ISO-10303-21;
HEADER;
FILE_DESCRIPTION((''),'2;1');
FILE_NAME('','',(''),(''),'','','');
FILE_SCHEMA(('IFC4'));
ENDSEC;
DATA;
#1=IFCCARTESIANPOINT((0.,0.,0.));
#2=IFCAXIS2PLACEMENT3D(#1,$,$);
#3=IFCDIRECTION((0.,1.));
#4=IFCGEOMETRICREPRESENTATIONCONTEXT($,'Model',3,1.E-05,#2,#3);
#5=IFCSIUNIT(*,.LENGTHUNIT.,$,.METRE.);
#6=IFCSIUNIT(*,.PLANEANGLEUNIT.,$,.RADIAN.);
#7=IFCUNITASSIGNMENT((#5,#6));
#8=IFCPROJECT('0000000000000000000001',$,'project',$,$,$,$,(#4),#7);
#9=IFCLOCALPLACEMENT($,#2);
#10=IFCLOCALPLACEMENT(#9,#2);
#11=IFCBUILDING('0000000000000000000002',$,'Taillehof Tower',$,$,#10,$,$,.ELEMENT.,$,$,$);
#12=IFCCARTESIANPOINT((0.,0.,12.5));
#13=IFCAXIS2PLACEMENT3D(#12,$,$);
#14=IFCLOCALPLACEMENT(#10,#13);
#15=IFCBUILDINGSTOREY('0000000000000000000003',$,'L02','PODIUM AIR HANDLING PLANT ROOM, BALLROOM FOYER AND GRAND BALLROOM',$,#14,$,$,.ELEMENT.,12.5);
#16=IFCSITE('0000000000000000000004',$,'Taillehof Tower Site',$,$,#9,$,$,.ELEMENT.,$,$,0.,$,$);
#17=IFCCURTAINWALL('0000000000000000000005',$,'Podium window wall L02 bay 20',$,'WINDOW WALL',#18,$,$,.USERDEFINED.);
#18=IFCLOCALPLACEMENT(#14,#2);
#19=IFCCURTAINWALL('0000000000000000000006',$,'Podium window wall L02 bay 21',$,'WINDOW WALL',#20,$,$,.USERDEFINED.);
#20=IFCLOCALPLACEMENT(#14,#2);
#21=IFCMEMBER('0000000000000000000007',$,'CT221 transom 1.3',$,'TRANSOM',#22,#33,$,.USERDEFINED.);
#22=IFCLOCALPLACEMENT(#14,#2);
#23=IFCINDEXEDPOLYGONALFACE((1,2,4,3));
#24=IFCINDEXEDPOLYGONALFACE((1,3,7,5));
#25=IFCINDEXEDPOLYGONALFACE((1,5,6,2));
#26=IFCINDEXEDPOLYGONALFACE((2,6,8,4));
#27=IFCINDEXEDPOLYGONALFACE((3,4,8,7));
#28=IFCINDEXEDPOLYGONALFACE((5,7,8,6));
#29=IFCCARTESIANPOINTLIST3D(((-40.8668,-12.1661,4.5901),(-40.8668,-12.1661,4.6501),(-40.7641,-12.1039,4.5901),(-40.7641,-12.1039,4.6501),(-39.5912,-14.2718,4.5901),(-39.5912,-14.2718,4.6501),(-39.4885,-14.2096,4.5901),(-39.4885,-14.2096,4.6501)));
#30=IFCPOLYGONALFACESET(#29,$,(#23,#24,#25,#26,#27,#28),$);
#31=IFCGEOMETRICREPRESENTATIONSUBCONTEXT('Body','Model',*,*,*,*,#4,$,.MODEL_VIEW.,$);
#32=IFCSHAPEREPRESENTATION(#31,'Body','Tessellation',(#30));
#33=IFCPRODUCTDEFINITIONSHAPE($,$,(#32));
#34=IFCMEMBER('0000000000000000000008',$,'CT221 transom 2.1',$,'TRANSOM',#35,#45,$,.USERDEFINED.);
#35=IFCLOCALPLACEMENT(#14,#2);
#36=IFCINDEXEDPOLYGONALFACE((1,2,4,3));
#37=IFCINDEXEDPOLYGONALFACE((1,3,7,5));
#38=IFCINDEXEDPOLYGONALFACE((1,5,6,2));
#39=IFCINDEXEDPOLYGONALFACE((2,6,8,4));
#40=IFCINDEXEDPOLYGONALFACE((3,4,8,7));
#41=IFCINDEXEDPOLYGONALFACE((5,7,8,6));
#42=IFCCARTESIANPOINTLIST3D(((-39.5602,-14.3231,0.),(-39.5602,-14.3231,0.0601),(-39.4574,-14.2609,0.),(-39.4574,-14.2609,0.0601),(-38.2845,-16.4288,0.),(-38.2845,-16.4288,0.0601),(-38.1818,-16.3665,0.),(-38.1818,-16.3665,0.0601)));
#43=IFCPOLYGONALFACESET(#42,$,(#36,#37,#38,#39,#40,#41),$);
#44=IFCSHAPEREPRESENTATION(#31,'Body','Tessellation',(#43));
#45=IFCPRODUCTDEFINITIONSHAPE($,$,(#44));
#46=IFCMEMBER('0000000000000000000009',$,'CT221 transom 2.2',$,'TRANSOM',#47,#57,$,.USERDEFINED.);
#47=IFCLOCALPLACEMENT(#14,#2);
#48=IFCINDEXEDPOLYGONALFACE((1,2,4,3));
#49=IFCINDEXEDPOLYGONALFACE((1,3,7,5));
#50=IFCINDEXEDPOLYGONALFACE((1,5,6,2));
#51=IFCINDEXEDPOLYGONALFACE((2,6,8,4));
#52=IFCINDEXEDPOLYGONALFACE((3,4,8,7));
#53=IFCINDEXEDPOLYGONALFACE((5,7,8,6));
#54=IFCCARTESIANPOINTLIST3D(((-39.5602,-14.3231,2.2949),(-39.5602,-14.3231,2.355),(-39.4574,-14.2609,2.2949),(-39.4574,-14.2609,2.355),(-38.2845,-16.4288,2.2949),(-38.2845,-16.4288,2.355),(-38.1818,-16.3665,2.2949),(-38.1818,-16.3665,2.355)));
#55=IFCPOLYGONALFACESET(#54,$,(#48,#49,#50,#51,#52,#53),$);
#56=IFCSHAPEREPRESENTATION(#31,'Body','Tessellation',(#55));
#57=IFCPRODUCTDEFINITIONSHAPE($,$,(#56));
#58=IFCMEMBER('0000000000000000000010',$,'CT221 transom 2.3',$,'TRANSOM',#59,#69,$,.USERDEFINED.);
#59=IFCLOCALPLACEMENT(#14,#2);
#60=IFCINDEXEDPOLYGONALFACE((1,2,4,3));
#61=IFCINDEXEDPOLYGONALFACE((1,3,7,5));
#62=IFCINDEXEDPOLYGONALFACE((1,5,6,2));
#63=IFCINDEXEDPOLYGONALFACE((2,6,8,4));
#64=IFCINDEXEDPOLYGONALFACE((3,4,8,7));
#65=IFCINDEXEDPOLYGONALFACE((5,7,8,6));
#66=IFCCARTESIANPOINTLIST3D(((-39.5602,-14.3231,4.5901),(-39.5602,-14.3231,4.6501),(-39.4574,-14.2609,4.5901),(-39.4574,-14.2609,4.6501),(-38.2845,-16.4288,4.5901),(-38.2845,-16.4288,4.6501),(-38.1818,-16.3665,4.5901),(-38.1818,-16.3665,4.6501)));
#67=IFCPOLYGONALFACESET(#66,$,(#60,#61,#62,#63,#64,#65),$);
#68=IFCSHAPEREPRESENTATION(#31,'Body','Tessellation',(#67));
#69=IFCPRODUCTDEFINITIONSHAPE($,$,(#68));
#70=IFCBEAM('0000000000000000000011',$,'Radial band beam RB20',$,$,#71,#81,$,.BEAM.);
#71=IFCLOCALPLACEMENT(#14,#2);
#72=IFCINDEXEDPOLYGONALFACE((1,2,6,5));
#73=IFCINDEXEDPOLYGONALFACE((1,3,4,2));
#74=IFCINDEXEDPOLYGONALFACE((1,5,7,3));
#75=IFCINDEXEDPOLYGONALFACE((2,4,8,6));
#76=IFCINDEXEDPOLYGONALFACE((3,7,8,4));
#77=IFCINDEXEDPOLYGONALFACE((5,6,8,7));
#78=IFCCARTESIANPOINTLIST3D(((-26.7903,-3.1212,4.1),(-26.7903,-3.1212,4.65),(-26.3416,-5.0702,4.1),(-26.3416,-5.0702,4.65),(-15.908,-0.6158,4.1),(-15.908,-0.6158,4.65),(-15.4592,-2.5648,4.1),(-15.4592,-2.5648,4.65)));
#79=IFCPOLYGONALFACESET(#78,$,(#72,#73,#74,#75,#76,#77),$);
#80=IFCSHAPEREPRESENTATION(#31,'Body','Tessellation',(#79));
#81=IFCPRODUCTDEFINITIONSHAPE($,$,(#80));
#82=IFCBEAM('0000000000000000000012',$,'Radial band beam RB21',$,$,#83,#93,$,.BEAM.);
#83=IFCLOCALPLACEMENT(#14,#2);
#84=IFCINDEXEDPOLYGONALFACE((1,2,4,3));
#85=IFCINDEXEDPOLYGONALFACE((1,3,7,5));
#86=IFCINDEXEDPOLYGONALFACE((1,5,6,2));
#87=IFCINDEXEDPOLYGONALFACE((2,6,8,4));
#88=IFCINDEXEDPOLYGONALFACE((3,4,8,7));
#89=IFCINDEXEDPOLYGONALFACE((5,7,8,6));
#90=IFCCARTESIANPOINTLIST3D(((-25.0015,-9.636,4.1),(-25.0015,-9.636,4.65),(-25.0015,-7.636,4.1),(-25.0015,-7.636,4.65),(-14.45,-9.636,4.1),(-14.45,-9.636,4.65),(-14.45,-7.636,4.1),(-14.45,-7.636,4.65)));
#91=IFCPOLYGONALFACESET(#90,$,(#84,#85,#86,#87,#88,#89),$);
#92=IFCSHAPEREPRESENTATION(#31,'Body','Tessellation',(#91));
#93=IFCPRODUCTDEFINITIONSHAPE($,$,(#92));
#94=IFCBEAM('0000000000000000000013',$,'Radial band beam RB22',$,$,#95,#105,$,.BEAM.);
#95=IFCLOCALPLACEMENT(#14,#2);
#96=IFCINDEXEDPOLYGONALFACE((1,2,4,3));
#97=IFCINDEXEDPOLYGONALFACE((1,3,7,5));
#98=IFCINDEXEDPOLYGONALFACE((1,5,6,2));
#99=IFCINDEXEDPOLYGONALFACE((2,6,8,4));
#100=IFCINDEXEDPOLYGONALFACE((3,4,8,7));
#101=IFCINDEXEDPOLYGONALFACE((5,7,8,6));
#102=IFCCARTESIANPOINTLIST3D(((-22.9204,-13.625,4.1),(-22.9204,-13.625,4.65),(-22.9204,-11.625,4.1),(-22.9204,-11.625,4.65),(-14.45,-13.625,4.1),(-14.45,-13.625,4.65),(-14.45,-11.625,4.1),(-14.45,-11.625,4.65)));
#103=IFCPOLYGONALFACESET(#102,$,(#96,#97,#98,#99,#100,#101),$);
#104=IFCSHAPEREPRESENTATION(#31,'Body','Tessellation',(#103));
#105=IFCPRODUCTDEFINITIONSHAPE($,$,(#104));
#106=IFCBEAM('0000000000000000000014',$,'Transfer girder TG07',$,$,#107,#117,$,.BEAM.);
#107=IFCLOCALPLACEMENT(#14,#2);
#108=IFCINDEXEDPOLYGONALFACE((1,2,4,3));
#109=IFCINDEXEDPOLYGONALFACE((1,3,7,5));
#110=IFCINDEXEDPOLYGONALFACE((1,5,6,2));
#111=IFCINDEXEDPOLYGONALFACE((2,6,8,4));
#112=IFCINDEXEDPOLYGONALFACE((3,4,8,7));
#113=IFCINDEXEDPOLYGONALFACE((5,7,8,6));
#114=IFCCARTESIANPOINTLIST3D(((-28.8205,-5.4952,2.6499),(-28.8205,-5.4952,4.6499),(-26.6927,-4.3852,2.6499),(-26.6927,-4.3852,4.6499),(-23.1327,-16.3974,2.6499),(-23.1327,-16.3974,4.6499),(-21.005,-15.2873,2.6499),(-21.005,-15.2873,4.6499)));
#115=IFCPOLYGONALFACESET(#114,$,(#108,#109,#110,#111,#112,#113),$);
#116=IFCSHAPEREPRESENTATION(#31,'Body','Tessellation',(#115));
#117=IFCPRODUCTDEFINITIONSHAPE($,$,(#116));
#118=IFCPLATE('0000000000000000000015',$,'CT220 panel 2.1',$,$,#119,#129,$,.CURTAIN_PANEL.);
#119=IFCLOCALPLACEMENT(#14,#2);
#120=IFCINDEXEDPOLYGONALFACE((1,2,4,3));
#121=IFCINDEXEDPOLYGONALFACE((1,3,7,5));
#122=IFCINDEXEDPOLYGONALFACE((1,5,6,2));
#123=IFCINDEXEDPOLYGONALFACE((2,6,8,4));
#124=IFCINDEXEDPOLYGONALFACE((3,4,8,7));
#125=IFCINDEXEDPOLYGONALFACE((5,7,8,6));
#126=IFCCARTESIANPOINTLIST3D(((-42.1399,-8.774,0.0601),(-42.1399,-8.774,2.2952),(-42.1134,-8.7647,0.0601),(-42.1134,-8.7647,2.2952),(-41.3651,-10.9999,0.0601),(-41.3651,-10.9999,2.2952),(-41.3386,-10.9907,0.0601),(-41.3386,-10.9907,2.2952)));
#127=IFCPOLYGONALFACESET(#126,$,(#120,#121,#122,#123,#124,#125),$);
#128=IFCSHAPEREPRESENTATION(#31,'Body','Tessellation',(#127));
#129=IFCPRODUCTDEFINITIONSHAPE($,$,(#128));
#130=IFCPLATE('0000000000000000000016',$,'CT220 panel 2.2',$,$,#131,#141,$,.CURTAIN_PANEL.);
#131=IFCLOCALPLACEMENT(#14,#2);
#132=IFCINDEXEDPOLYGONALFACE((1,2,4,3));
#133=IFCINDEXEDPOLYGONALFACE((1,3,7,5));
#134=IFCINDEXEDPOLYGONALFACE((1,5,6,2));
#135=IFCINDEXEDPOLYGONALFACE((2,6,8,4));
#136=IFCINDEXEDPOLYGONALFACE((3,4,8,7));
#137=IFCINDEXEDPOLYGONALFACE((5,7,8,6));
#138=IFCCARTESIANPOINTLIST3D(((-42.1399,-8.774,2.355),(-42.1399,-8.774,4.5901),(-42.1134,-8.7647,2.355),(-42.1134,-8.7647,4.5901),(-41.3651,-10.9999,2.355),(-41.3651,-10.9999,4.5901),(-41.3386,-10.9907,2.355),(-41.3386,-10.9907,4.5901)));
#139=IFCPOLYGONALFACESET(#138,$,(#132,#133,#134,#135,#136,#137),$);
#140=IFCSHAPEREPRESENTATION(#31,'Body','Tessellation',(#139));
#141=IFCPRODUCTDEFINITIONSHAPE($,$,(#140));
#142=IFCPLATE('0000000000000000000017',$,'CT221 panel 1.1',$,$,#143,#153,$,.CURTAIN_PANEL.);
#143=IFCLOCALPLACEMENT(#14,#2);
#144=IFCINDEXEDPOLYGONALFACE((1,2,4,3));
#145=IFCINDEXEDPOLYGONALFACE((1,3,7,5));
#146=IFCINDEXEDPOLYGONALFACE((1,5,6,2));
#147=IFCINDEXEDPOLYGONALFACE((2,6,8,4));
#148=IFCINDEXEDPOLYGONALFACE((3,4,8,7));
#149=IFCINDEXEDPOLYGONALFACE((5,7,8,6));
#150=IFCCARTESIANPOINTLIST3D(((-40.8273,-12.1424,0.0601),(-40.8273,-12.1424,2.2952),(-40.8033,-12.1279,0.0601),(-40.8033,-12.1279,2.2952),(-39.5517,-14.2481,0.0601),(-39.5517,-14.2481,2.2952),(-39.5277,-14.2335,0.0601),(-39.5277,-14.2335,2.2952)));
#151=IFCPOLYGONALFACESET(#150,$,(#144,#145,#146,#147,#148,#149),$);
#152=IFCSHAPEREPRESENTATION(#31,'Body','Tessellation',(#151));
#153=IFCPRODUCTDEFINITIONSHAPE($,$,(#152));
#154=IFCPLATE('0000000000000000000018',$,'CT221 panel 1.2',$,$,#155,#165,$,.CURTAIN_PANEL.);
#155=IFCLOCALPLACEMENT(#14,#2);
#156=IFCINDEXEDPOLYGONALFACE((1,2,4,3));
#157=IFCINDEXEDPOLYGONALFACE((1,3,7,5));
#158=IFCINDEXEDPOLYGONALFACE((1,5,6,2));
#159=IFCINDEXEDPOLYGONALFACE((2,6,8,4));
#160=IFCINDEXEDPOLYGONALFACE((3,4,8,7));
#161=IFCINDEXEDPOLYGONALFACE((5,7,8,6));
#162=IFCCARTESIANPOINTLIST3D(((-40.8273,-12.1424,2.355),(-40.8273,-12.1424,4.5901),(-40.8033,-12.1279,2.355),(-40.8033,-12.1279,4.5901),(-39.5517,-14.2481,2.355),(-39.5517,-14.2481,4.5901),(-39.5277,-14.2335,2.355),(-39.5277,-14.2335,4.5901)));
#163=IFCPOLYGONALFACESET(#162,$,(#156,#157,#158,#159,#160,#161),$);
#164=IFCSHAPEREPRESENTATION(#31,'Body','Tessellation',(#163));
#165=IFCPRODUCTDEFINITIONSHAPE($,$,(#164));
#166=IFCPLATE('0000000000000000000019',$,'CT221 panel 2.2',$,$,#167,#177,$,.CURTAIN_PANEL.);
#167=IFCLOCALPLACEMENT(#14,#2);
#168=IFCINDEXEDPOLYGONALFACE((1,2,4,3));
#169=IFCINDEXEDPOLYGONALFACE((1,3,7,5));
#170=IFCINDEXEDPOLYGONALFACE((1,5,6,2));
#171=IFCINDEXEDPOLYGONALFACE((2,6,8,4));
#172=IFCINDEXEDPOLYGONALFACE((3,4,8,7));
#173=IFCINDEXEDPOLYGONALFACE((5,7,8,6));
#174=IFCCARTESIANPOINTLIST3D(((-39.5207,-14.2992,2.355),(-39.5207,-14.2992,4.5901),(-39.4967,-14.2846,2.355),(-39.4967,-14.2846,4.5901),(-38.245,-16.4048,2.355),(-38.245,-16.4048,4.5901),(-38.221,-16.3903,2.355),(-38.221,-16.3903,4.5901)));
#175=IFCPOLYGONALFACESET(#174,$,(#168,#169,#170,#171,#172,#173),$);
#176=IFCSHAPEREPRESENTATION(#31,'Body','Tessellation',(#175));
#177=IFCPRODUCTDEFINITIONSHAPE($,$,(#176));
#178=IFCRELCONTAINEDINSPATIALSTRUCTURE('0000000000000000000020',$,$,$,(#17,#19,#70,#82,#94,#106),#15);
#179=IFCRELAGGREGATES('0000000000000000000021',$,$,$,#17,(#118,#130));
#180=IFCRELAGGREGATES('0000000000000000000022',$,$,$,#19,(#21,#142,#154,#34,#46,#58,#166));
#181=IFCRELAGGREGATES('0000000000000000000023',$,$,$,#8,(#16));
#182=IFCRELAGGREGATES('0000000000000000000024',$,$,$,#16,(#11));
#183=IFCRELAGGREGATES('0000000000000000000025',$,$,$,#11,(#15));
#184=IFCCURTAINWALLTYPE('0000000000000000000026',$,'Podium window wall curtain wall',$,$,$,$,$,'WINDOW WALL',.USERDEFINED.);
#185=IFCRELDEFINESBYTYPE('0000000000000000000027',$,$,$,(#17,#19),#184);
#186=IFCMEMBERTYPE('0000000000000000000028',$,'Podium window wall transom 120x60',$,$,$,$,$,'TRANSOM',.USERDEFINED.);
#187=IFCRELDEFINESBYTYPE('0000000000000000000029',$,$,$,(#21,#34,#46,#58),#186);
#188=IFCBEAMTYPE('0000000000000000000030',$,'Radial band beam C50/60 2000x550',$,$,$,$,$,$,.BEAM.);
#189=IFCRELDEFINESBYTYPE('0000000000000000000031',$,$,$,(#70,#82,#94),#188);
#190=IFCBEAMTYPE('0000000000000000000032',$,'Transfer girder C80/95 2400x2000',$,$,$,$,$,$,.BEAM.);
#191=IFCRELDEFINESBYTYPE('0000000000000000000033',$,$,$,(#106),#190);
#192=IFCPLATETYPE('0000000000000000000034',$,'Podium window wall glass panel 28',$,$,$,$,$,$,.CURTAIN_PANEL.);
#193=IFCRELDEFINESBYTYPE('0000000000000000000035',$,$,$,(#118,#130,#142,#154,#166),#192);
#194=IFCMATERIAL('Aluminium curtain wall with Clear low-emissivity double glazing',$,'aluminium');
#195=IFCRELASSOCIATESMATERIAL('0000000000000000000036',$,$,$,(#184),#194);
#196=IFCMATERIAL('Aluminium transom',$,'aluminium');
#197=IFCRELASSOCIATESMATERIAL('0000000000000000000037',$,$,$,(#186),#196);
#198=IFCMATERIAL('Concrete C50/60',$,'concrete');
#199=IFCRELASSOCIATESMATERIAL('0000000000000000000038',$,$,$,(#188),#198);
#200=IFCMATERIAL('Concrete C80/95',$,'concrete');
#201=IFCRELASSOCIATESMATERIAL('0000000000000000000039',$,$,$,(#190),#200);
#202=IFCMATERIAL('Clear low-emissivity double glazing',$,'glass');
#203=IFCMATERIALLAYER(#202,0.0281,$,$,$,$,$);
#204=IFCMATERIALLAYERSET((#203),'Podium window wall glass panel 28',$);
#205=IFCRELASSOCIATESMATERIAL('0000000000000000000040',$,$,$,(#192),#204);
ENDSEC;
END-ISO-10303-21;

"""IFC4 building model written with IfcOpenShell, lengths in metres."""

from ifc_helpers import new_model, si_unit, direction, frame, origin, origin_2d, place, context, subcontext, project, spatial, rectangle, extrude, material, layer, layer_set, material_profile, profile_set, type_object, element, aggregate, save


model = new_model("IFC4")

# Units and contexts
model_context = context("Model", 3, precision=1e-05, world=origin(), true_north=direction((0.0, 1.0)))
body_context = subcontext(model_context, "Body", "Model", "MODEL_VIEW")
ifc_project = project(units=[si_unit("LENGTHUNIT", "METRE"), si_unit("PLANEANGLEUNIT", "RADIAN")], contexts=[model_context])

# Site, building, storey
site_placement = place(None, origin())
site = spatial("IfcSite", under=ifc_project, at=site_placement, Name="Taillehof Tower Site", CompositionType="ELEMENT", RefElevation=0.0)
building_placement = place(site_placement, origin())
building = spatial("IfcBuilding", under=site, at=building_placement, Name="Taillehof Tower", CompositionType="ELEMENT")
storey_placement = place(building_placement, frame((0.0, 0.0, 12.5)))
storey = spatial("IfcBuildingStorey", under=building, at=storey_placement, Name="L02", Description="PODIUM AIR HANDLING PLANT ROOM, BALLROOM FOYER AND GRAND BALLROOM", CompositionType="ELEMENT", Elevation=12.5)

# Curtain walls
ifc_material_1 = material(Name="Aluminium curtain wall with Clear low-emissivity double glazing", Category="aluminium")
curtain_wall_type = type_object("IfcCurtainWallType", Name="Podium window wall curtain wall", ElementType="WINDOW WALL", PredefinedType="USERDEFINED", material=ifc_material_1)
curtain_wall_1_placement = place(storey_placement, origin())
curtain_wall_1 = element("IfcCurtainWall", 1, at=curtain_wall_1_placement, inside=storey, type_object=curtain_wall_type, Name="Podium window wall L02 bay 20", ObjectType="WINDOW WALL", PredefinedType="USERDEFINED")
curtain_wall_2_placement = place(storey_placement, origin())
curtain_wall_2 = element("IfcCurtainWall", 2, at=curtain_wall_2_placement, inside=storey, type_object=curtain_wall_type, Name="Podium window wall L02 bay 21", ObjectType="WINDOW WALL", PredefinedType="USERDEFINED")

# Members
ifc_material_2 = material(Name="Aluminium transom", Category="aluminium")
ifc_material_profile_1 = material_profile(ifc_material_2, rectangle(XDim=0.1201, YDim=0.0601, at=origin_2d()), Name="AL 120x60")
ifc_profile_set_1 = profile_set([ifc_material_profile_1], Name="Aluminium transom")
member_type_1 = type_object("IfcMemberType", Name="Podium window wall transom 120x60", ElementType="TRANSOM", PredefinedType="USERDEFINED", material=ifc_profile_set_1)
member_1_placement = place(storey_placement, frame((-40.8154, -12.135, 4.6201), z_axis=(0.518137, -0.855298, 0.0), x_axis=(0.855298, 0.518137, 0.0)))
member_1 = element("IfcMember", 3, at=member_1_placement, type_object=member_type_1, Name="CT221 transom 1.3", ObjectType="TRANSOM", PredefinedType="USERDEFINED", context=body_context, shape_type="SweptSolid", body=[
    extrude(rectangle(XDim=0.1201, YDim=0.0601, at=origin_2d()), origin(), (0.0, 0.0, 1.0), 2.4619),
])
member_2_placement = place(storey_placement, frame((-39.5088, -14.292, 0.03), z_axis=(0.518137, -0.855298, 0.0), x_axis=(0.855298, 0.518137, 0.0)))
member_2 = element("IfcMember", 4, at=member_2_placement, type_object=member_type_1, Name="CT221 transom 2.1", ObjectType="TRANSOM", PredefinedType="USERDEFINED", context=body_context, shape_type="SweptSolid", body=[
    extrude(rectangle(XDim=0.1201, YDim=0.0601, at=origin_2d()), origin(), (0.0, 0.0, 1.0), 2.4619),
])
member_3_placement = place(storey_placement, frame((-39.5088, -14.292, 2.325), z_axis=(0.518137, -0.855298, 0.0), x_axis=(0.855298, 0.518137, 0.0)))
member_3 = element("IfcMember", 5, at=member_3_placement, type_object=member_type_1, Name="CT221 transom 2.2", ObjectType="TRANSOM", PredefinedType="USERDEFINED", context=body_context, shape_type="SweptSolid", body=[
    extrude(rectangle(XDim=0.1201, YDim=0.0601, at=origin_2d()), origin(), (0.0, 0.0, 1.0), 2.4619),
])
member_4_placement = place(storey_placement, frame((-39.5088, -14.292, 4.6201), z_axis=(0.518137, -0.855298, 0.0), x_axis=(0.855298, 0.518137, 0.0)))
member_4 = element("IfcMember", 6, at=member_4_placement, type_object=member_type_1, Name="CT221 transom 2.3", ObjectType="TRANSOM", PredefinedType="USERDEFINED", context=body_context, shape_type="SweptSolid", body=[
    extrude(rectangle(XDim=0.1201, YDim=0.0601, at=origin_2d()), origin(), (0.0, 0.0, 1.0), 2.4619),
])

# Beams
ifc_material_3 = material(Name="Concrete C50/60", Category="concrete")
ifc_material_profile_2 = material_profile(ifc_material_3, rectangle(XDim=2.0, YDim=0.55, at=origin_2d()), Name="RC 2000x550")
ifc_profile_set_2 = profile_set([ifc_material_profile_2], Name="Concrete C50/60")
beam_type_1 = type_object("IfcBeamType", Name="Radial band beam C50/60 2000x550", PredefinedType="BEAM", material=ifc_profile_set_2)
beam_1_placement = place(storey_placement, frame((-26.5659, -4.0957, 4.375), z_axis=(0.974508, 0.224355, 0.0), x_axis=(-0.224355, 0.974508, 0.0)))
element("IfcBeam", 7, at=beam_1_placement, inside=storey, type_object=beam_type_1, Name="Radial band beam RB20", PredefinedType="BEAM", context=body_context, shape_type="SweptSolid", body=[
    extrude(rectangle(XDim=2.0, YDim=0.55, at=origin_2d()), origin(), (0.0, 0.0, 1.0), 11.167),
])
beam_2_placement = place(storey_placement, frame((-25.0015, -8.636, 4.375), z_axis=(1.0, 0.0, 0.0), x_axis=(0.0, 1.0, 0.0)))
element("IfcBeam", 8, at=beam_2_placement, inside=storey, type_object=beam_type_1, Name="Radial band beam RB21", PredefinedType="BEAM", context=body_context, shape_type="SweptSolid", body=[
    extrude(rectangle(XDim=2.0, YDim=0.55, at=origin_2d()), origin(), (0.0, 0.0, 1.0), 10.5515),
])
beam_3_placement = place(storey_placement, frame((-22.9204, -12.625, 4.375), z_axis=(1.0, 0.0, 0.0), x_axis=(0.0, 1.0, 0.0)))
element("IfcBeam", 9, at=beam_3_placement, inside=storey, type_object=beam_type_1, Name="Radial band beam RB22", PredefinedType="BEAM", context=body_context, shape_type="SweptSolid", body=[
    extrude(rectangle(XDim=2.0, YDim=0.55, at=origin_2d()), origin(), (0.0, 0.0, 1.0), 8.4705),
])
ifc_material_4 = material(Name="Concrete C80/95", Category="concrete")
ifc_material_profile_3 = material_profile(ifc_material_4, rectangle(XDim=2.3999, YDim=2.0, at=origin_2d()), Name="RC 2400x2000")
ifc_profile_set_3 = profile_set([ifc_material_profile_3], Name="Concrete C80/95")
beam_type_2 = type_object("IfcBeamType", Name="Transfer girder C80/95 2400x2000", PredefinedType="BEAM", material=ifc_profile_set_3)
beam_4_placement = place(storey_placement, frame((-27.7566, -4.9402, 3.6499), z_axis=(0.462546, -0.886595, 0.0), x_axis=(0.886595, 0.462546, 0.0)))
element("IfcBeam", 10, at=beam_4_placement, inside=storey, type_object=beam_type_2, Name="Transfer girder TG07", PredefinedType="BEAM", context=body_context, shape_type="SweptSolid", body=[
    extrude(rectangle(XDim=2.3999, YDim=2.0, at=origin_2d()), origin(), (0.0, 0.0, 1.0), 12.2966),
])

# Plates
ifc_material_5 = material(Name="Clear low-emissivity double glazing", Category="glass")
ifc_layer_1 = layer(ifc_material_5, 0.0281)
ifc_layer_set_1 = layer_set([ifc_layer_1], Name="Podium window wall glass panel 28")
plate_type = type_object("IfcPlateType", Name="Podium window wall glass panel 28", PredefinedType="CURTAIN_PANEL", material=ifc_layer_set_1)
plate_1_placement = place(storey_placement, frame((-41.7393, -9.8823, 0.0601), z_axis=(0.0, 0.0, 1.0), x_axis=(0.328758, -0.944414, 0.0)))
plate_1 = element("IfcPlate", 11, at=plate_1_placement, type_object=plate_type, Name="CT220 panel 2.1", PredefinedType="CURTAIN_PANEL", context=body_context, shape_type="SweptSolid", body=[
    extrude(rectangle(XDim=2.3569, YDim=0.0281, at=origin_2d()), origin(), (0.0, 0.0, 1.0), 2.2351),
])
plate_2_placement = place(storey_placement, frame((-41.7393, -9.8823, 2.355), z_axis=(0.0, 0.0, 1.0), x_axis=(0.328758, -0.944414, 0.0)))
plate_2 = element("IfcPlate", 12, at=plate_2_placement, type_object=plate_type, Name="CT220 panel 2.2", PredefinedType="CURTAIN_PANEL", context=body_context, shape_type="SweptSolid", body=[
    extrude(rectangle(XDim=2.3569, YDim=0.0281, at=origin_2d()), origin(), (0.0, 0.0, 1.0), 2.2351),
])
aggregate(curtain_wall_1, [plate_1, plate_2])
plate_3_placement = place(storey_placement, frame((-40.1775, -13.188, 0.0601), z_axis=(0.0, 0.0, 1.0), x_axis=(0.518151, -0.855289, 0.0)))
plate_3 = element("IfcPlate", 13, at=plate_3_placement, type_object=plate_type, Name="CT221 panel 1.1", PredefinedType="CURTAIN_PANEL", context=body_context, shape_type="SweptSolid", body=[
    extrude(rectangle(XDim=2.4619, YDim=0.0281, at=origin_2d()), origin(), (0.0, 0.0, 1.0), 2.2351),
])
plate_4_placement = place(storey_placement, frame((-40.1775, -13.188, 2.355), z_axis=(0.0, 0.0, 1.0), x_axis=(0.518151, -0.855289, 0.0)))
plate_4 = element("IfcPlate", 14, at=plate_4_placement, type_object=plate_type, Name="CT221 panel 1.2", PredefinedType="CURTAIN_PANEL", context=body_context, shape_type="SweptSolid", body=[
    extrude(rectangle(XDim=2.4619, YDim=0.0281, at=origin_2d()), origin(), (0.0, 0.0, 1.0), 2.2351),
])
plate_5_placement = place(storey_placement, frame((-38.8708, -15.3447, 2.355), z_axis=(0.0, 0.0, 1.0), x_axis=(0.518151, -0.855289, 0.0)))
plate_5 = element("IfcPlate", 15, at=plate_5_placement, type_object=plate_type, Name="CT221 panel 2.2", PredefinedType="CURTAIN_PANEL", context=body_context, shape_type="SweptSolid", body=[
    extrude(rectangle(XDim=2.4619, YDim=0.0281, at=origin_2d()), origin(), (0.0, 0.0, 1.0), 2.2351),
])
aggregate(curtain_wall_2, [member_1, plate_3, plate_4, member_2, member_3, member_4, plate_5])

save(model, "model.ifc")
